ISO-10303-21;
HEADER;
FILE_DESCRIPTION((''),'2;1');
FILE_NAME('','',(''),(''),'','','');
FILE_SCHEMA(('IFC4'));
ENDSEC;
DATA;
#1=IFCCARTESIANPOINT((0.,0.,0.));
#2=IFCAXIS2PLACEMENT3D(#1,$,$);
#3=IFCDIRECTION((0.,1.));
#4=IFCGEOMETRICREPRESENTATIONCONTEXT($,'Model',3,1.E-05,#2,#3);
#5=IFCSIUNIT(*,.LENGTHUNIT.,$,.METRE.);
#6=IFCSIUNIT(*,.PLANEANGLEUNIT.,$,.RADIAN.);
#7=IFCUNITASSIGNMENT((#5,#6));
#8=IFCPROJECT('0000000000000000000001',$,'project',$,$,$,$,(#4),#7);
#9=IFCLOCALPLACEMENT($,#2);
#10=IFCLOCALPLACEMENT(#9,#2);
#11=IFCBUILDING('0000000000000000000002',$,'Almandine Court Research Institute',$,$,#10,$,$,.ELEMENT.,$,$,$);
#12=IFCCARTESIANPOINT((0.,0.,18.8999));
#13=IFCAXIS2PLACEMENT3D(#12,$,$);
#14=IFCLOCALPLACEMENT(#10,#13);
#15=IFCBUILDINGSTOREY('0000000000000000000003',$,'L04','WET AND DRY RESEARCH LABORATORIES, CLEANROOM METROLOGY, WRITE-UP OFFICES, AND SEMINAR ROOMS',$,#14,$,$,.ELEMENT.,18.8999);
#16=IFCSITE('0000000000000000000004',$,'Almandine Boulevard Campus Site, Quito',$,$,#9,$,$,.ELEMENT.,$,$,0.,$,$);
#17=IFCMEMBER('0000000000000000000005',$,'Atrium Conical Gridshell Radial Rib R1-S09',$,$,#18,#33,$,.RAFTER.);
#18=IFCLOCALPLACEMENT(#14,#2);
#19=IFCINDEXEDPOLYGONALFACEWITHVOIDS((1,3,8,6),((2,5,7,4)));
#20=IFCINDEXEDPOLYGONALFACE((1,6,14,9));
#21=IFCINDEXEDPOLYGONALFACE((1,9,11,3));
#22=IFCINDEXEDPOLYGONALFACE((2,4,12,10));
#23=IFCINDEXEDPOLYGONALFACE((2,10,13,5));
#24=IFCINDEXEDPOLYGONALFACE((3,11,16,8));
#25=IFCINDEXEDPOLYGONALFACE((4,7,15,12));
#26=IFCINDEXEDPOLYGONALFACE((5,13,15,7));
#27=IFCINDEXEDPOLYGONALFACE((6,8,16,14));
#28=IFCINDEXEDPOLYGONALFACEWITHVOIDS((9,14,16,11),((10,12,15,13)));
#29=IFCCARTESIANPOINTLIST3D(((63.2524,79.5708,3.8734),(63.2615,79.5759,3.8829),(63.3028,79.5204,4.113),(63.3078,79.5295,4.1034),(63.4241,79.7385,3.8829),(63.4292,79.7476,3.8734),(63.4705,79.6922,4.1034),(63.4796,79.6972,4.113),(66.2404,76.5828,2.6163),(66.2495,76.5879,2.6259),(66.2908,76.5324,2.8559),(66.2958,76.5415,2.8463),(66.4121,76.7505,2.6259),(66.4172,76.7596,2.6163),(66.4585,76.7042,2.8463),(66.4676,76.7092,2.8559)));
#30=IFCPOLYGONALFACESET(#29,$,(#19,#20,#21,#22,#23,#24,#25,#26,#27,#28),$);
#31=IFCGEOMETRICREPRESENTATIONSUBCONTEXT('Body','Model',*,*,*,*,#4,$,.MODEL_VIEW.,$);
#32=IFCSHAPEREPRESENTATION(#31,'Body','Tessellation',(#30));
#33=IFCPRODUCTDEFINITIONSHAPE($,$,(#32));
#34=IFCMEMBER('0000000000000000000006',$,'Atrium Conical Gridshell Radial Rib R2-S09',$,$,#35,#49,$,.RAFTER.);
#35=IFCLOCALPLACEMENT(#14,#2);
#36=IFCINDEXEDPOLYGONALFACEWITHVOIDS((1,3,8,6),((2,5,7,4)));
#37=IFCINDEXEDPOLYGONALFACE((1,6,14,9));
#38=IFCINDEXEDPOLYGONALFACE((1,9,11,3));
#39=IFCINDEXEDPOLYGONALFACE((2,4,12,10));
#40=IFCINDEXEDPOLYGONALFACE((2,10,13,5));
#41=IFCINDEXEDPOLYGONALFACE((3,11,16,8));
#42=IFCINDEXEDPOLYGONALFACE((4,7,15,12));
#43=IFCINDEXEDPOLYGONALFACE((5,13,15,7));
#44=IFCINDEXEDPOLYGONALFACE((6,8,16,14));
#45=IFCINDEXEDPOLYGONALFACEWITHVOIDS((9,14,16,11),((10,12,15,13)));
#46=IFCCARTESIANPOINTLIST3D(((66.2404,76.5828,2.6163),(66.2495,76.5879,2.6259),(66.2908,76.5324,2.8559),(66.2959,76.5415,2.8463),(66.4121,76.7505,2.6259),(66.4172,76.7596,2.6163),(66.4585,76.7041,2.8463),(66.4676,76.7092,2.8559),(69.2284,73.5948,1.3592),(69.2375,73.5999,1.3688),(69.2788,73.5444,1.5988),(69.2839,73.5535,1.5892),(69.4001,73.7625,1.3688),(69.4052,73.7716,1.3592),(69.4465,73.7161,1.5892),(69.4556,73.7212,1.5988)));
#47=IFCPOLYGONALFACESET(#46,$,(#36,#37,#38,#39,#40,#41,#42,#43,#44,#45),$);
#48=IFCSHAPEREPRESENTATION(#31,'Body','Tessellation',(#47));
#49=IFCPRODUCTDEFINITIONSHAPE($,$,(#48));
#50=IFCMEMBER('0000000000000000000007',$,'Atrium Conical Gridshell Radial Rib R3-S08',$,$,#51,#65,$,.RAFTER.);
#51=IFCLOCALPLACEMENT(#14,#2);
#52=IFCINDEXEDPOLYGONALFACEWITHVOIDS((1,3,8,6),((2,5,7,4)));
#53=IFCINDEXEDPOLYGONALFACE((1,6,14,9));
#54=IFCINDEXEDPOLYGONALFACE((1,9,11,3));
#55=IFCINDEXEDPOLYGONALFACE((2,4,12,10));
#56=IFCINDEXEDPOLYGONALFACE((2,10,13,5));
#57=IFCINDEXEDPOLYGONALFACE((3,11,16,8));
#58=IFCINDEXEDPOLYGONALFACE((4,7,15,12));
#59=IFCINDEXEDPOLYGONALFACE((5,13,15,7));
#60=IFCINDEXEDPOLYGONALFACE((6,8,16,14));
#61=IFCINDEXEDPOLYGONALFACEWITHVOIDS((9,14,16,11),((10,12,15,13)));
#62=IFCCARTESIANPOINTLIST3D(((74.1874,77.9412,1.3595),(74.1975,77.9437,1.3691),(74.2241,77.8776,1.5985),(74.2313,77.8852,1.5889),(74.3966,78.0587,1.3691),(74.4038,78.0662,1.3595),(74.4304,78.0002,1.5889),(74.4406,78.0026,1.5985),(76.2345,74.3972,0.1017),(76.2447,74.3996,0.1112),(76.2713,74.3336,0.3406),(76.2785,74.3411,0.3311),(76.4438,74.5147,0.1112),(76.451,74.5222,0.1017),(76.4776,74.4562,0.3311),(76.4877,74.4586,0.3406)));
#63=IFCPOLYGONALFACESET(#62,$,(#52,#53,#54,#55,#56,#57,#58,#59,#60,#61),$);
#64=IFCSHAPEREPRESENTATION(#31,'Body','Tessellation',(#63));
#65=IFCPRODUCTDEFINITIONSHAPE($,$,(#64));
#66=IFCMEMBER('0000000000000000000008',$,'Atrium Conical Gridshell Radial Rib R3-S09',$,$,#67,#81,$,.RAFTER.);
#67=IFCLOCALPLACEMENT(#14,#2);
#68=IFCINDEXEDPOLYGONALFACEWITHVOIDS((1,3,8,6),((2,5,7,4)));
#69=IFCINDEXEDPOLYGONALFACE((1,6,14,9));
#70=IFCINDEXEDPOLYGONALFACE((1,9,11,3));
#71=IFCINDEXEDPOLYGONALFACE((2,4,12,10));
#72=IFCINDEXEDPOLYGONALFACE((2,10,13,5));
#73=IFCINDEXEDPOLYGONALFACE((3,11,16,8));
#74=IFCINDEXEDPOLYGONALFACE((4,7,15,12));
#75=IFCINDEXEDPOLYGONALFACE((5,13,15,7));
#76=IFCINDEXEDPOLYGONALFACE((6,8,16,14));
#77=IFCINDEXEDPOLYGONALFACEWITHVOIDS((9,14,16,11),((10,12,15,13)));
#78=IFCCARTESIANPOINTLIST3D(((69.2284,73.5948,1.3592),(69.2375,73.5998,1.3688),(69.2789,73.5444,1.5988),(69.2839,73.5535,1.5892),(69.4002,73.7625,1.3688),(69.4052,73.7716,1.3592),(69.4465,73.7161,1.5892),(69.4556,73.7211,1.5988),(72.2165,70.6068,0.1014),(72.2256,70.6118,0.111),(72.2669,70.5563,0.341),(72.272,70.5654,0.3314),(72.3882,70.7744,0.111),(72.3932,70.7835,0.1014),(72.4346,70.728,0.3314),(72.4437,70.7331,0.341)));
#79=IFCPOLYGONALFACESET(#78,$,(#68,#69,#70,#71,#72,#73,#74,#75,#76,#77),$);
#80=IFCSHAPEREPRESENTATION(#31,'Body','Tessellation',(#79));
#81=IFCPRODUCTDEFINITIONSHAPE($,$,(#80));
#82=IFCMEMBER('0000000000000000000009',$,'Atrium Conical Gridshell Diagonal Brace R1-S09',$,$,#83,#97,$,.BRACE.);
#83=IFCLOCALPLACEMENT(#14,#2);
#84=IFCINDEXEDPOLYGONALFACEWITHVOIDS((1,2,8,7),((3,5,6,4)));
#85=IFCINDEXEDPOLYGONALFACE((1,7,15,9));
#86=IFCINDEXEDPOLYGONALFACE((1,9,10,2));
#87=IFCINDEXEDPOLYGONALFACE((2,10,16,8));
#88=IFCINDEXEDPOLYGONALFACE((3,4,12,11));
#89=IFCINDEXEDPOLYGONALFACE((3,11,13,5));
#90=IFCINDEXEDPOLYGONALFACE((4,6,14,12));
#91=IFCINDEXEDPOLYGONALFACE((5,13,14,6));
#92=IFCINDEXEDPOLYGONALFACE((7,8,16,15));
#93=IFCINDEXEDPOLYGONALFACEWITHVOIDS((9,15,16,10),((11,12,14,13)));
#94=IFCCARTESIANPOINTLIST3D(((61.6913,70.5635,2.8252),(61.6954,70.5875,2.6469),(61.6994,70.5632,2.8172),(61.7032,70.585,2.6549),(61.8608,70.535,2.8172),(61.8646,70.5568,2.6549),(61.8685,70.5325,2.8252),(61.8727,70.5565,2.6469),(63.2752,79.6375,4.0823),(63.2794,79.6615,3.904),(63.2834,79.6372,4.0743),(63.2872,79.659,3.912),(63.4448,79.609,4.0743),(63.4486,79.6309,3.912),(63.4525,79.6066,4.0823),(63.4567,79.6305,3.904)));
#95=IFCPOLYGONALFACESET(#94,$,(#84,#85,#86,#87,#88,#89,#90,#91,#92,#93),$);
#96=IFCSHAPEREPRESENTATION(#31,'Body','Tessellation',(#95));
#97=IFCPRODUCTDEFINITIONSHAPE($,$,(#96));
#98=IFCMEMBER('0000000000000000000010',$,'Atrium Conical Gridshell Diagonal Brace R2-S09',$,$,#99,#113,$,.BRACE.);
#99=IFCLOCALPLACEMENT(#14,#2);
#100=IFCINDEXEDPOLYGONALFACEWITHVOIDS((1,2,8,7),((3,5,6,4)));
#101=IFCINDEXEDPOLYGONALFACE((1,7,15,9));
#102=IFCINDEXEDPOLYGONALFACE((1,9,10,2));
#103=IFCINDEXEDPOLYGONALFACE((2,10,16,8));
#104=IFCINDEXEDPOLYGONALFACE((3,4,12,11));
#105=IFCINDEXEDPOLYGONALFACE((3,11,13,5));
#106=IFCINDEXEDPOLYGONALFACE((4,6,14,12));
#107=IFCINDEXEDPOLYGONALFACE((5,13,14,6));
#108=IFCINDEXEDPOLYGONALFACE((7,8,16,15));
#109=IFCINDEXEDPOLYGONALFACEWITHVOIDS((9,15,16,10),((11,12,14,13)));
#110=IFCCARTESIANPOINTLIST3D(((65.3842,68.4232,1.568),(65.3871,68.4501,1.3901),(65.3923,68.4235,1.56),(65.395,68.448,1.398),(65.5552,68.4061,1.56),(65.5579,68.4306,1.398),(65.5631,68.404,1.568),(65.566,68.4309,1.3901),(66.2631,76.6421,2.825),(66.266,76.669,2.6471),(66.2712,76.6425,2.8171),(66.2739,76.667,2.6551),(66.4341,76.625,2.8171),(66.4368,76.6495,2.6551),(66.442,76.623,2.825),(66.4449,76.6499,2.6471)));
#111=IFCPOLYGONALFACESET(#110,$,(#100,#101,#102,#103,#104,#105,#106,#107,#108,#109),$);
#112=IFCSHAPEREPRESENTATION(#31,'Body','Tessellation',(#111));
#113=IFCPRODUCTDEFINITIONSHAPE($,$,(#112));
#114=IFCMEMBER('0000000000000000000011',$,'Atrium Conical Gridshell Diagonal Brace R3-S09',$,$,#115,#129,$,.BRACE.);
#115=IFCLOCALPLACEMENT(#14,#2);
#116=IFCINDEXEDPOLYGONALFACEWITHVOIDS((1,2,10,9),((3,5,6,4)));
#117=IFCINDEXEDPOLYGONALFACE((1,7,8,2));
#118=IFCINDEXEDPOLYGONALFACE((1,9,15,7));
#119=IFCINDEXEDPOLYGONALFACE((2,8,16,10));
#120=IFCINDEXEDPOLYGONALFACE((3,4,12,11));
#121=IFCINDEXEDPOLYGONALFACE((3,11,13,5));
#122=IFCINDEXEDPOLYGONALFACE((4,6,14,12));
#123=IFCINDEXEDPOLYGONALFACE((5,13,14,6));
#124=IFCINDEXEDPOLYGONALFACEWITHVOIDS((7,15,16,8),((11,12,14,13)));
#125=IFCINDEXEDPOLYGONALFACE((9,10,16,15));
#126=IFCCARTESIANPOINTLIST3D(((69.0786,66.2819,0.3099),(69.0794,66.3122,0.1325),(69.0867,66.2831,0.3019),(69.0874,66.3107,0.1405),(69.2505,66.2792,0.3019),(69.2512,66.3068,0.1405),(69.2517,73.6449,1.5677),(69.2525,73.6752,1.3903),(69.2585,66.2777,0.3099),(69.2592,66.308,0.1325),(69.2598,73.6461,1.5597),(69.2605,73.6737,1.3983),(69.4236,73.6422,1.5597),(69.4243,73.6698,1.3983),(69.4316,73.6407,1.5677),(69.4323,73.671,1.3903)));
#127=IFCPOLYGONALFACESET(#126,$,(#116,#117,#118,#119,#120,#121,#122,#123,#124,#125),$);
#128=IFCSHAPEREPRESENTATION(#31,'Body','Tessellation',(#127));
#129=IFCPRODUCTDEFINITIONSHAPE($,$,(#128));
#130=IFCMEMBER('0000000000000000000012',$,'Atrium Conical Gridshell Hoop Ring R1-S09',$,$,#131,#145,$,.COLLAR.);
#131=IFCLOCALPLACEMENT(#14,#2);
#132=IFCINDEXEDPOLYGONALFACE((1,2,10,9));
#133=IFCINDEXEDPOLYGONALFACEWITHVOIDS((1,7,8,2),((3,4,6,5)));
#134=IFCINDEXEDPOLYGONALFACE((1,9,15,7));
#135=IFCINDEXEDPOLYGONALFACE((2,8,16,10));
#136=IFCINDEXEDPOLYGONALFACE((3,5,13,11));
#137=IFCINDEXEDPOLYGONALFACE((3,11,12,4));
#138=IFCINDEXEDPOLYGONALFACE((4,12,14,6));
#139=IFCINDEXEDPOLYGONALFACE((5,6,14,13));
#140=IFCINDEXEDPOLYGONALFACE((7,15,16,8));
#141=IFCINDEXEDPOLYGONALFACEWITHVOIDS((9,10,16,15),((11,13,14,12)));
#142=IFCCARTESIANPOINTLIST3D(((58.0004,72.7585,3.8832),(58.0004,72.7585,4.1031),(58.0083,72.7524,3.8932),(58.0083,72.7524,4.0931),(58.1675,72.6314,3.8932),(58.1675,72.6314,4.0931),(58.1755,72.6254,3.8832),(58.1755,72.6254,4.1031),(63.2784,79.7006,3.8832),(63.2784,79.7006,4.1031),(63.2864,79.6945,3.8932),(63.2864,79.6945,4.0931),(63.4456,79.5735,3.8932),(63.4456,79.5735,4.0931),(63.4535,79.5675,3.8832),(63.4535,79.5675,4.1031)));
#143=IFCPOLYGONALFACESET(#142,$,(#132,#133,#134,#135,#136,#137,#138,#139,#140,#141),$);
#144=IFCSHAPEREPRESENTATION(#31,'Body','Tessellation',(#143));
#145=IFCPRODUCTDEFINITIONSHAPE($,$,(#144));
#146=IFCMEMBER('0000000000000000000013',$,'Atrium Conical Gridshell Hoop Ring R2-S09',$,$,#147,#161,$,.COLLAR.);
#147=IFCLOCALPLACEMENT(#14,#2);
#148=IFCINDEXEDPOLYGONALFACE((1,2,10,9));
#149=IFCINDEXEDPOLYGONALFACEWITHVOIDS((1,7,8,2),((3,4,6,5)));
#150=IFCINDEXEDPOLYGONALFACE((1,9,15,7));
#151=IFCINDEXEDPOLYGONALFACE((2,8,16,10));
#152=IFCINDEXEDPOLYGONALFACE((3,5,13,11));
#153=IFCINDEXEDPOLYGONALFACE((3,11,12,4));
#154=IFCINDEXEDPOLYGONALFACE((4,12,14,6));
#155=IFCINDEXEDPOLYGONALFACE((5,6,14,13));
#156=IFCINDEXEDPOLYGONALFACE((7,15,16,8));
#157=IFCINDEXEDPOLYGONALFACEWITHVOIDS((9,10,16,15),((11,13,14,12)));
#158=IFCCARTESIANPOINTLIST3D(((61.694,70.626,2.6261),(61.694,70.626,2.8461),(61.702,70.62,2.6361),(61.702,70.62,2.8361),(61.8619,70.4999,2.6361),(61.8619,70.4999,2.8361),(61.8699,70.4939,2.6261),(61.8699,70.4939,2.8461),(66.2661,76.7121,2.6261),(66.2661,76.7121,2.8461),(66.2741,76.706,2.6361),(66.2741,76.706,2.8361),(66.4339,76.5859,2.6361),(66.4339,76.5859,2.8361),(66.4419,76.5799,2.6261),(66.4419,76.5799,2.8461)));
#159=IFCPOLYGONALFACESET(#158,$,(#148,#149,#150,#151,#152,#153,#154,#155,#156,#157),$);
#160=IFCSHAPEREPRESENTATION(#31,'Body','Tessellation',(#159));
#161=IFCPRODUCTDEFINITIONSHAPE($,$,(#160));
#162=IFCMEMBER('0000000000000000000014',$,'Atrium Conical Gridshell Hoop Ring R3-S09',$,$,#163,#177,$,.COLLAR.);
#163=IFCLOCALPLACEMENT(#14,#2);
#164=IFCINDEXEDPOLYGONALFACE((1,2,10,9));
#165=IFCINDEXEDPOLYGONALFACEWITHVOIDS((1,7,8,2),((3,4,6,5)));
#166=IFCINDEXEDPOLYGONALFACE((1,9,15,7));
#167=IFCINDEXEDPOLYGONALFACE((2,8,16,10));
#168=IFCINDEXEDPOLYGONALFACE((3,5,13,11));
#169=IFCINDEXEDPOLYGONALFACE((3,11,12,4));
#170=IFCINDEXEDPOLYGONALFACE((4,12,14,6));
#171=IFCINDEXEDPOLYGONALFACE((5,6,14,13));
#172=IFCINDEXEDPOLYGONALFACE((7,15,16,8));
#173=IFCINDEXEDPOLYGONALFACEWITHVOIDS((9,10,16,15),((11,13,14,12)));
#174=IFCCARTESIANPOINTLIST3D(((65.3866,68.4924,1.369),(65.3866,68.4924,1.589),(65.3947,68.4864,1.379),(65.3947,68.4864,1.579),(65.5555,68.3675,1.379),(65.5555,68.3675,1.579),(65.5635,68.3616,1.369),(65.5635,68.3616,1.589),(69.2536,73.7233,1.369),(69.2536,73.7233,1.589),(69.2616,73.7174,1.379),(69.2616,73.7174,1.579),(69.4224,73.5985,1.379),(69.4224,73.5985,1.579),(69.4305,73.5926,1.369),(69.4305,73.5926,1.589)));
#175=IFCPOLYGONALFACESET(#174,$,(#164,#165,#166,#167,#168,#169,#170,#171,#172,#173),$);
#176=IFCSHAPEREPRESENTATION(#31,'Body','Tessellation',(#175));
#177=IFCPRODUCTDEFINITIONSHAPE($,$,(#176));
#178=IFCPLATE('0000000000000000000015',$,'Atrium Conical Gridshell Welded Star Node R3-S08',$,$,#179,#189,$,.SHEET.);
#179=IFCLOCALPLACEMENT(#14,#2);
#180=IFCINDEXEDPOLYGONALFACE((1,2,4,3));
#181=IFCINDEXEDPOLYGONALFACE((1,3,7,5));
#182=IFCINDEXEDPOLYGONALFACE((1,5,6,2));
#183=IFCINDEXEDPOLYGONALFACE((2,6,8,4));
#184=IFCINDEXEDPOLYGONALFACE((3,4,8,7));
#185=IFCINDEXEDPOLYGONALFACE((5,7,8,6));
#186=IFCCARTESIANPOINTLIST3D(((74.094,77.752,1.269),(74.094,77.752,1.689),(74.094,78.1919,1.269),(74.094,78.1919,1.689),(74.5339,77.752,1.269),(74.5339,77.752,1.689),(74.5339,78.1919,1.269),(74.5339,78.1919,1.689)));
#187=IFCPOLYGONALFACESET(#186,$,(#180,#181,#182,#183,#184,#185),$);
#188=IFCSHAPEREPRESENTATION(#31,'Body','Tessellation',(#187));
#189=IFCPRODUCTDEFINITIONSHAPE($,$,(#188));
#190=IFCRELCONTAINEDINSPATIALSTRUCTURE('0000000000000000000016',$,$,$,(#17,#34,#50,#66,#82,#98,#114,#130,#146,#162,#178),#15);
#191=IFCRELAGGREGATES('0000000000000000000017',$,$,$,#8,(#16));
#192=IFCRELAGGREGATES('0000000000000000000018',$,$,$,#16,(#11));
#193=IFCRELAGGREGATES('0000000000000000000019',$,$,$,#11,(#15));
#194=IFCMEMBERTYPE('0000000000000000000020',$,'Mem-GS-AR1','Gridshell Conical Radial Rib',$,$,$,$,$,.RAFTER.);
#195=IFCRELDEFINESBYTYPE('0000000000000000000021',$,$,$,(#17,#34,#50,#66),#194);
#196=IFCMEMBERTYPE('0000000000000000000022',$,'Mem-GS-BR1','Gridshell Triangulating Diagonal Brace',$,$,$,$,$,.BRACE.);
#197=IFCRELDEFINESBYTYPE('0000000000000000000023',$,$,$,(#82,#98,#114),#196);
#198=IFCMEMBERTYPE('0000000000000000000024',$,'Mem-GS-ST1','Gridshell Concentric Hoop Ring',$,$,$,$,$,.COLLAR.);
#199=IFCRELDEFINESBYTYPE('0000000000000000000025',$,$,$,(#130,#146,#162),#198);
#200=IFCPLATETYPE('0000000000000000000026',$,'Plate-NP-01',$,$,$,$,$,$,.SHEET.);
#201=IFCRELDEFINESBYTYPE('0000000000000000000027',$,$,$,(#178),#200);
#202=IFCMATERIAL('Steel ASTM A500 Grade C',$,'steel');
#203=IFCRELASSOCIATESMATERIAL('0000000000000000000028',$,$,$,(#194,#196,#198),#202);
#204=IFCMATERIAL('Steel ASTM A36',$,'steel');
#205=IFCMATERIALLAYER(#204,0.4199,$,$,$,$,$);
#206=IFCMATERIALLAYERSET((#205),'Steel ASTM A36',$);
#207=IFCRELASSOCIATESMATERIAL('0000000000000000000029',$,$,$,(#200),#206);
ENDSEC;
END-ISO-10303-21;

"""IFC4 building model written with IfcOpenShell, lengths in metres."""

from ifc_helpers import new_model, si_unit, direction, frame, origin, origin_2d, place, context, subcontext, project, spatial, rectangle, hollow_rectangle, extrude, material, layer, layer_set, material_profile, profile_set, type_object, element, save


model = new_model("IFC4")

# Units and contexts
model_context = context("Model", 3, precision=1e-05, world=origin(), true_north=direction((0.0, 1.0)))
body_context = subcontext(model_context, "Body", "Model", "MODEL_VIEW")
ifc_project = project(units=[si_unit("LENGTHUNIT", "METRE"), si_unit("PLANEANGLEUNIT", "RADIAN")], contexts=[model_context])

# Site, building, storey
site_placement = place(None, origin())
site = spatial("IfcSite", under=ifc_project, at=site_placement, Name="Almandine Boulevard Campus Site, Quito", CompositionType="ELEMENT", RefElevation=0.0)
building_placement = place(site_placement, origin())
building = spatial("IfcBuilding", under=site, at=building_placement, Name="Almandine Court Research Institute", CompositionType="ELEMENT")
storey_placement = place(building_placement, frame((0.0, 0.0, 18.8999)))
storey = spatial("IfcBuildingStorey", under=building, at=storey_placement, Name="L04", Description="WET AND DRY RESEARCH LABORATORIES, CLEANROOM METROLOGY, WRITE-UP OFFICES, AND SEMINAR ROOMS", CompositionType="ELEMENT", Elevation=18.8999)

# Members
ifc_material_1 = material(Name="Steel ASTM A500 Grade C", Category="steel")
ifc_material_profile_1 = material_profile(ifc_material_1, hollow_rectangle(XDim=0.25, YDim=0.25, WallThickness=0.01, at=origin_2d()), Name="HSS 250x250x10")
ifc_profile_set_1 = profile_set([ifc_material_profile_1], Name="Steel ASTM A500 Grade C")
member_type_1 = type_object("IfcMemberType", Name="Mem-GS-AR1", Description="Gridshell Conical Radial Rib", PredefinedType="RAFTER", material=ifc_profile_set_1)
for number, where, z_axis, x_axis, name in (
    (1, (63.366, 79.634, 3.9932), (0.677753, -0.677753, -0.285134), (0.707107, 0.707107, 0.0), "Atrium Conical Gridshell Radial Rib R1-S09"),
    (2, (66.354, 76.646, 2.7361), (0.677753, -0.677753, -0.285134), (0.707107, 0.707107, 0.0), "Atrium Conical Gridshell Radial Rib R2-S09"),
):
    element("IfcMember", number, at=place(storey_placement, frame(where, z_axis=z_axis, x_axis=x_axis)), inside=storey, type_object=member_type_1, Name=name, PredefinedType="RAFTER", context=body_context, shape_type="SweptSolid", body=[
        extrude(hollow_rectangle(XDim=0.25, YDim=0.25, WallThickness=0.01, at=origin_2d()), origin(), (0.0, 0.0, 1.0), 4.4087),
    ])
member_1_placement = place(storey_placement, frame((74.314, 77.9719, 1.479), z_axis=(0.478117, -0.82771, -0.29377), x_axis=(0.865917, 0.500187, 0.0)))
element("IfcMember", 3, at=member_1_placement, inside=storey, type_object=member_type_1, Name="Atrium Conical Gridshell Radial Rib R3-S08", PredefinedType="RAFTER", context=body_context, shape_type="SweptSolid", body=[
    extrude(hollow_rectangle(XDim=0.25, YDim=0.25, WallThickness=0.01, at=origin_2d()), origin(), (0.0, 0.0, 1.0), 4.2817),
])
member_2_placement = place(storey_placement, frame((69.342, 73.658, 1.479), z_axis=(0.677721, -0.677721, -0.285286), x_axis=(0.707107, 0.707107, 0.0)))
element("IfcMember", 4, at=member_2_placement, inside=storey, type_object=member_type_1, Name="Atrium Conical Gridshell Radial Rib R3-S09", PredefinedType="RAFTER", context=body_context, shape_type="SweptSolid", body=[
    extrude(hollow_rectangle(XDim=0.25, YDim=0.25, WallThickness=0.01, at=origin_2d()), origin(), (0.0, 0.0, 1.0), 4.4089),
])
ifc_material_profile_2 = material_profile(ifc_material_1, hollow_rectangle(XDim=0.1799, YDim=0.1799, WallThickness=0.0081, at=origin_2d()), Name="HSS 180x180x8")
ifc_profile_set_2 = profile_set([ifc_material_profile_2], Name="Steel ASTM A500 Grade C")
member_type_2 = type_object("IfcMemberType", Name="Mem-GS-BR1", Description="Gridshell Triangulating Diagonal Brace", PredefinedType="BRACE", material=ifc_profile_set_2)
member_3_placement = place(storey_placement, frame((63.366, 79.634, 3.9932), z_axis=(-0.170384, -0.976056, -0.13522), x_axis=(0.985103, -0.171963, 0.0)))
element("IfcMember", 5, at=member_3_placement, inside=storey, type_object=member_type_2, Name="Atrium Conical Gridshell Diagonal Brace R1-S09", PredefinedType="BRACE", context=body_context, shape_type="SweptSolid", body=[
    extrude(hollow_rectangle(XDim=0.1799, YDim=0.1799, WallThickness=0.0081, at=origin_2d()), origin(), (0.0, 0.0, 1.0), 9.2966),
])
member_4_placement = place(storey_placement, frame((66.354, 76.646, 2.7361), z_axis=(-0.105121, -0.983028, -0.150352), x_axis=(0.994331, -0.10633, 0.0)))
element("IfcMember", 6, at=member_4_placement, inside=storey, type_object=member_type_2, Name="Atrium Conical Gridshell Diagonal Brace R2-S09", PredefinedType="BRACE", context=body_context, shape_type="SweptSolid", body=[
    extrude(hollow_rectangle(XDim=0.1799, YDim=0.1799, WallThickness=0.0081, at=origin_2d()), origin(), (0.0, 0.0, 1.0), 8.3608),
])
member_5_placement = place(storey_placement, frame((69.342, 73.658, 1.479), z_axis=(-0.023167, -0.985456, -0.168343), x_axis=(0.999724, -0.023502, 0.0)))
element("IfcMember", 7, at=member_5_placement, inside=storey, type_object=member_type_2, Name="Atrium Conical Gridshell Diagonal Brace R3-S09", PredefinedType="BRACE", context=body_context, shape_type="SweptSolid", body=[
    extrude(hollow_rectangle(XDim=0.1799, YDim=0.1799, WallThickness=0.0081, at=origin_2d()), origin(), (0.0, 0.0, 1.0), 7.4717),
])
ifc_material_profile_3 = material_profile(ifc_material_1, hollow_rectangle(XDim=0.22, YDim=0.22, WallThickness=0.01, at=origin_2d()), Name="HSS 220x220x10")
ifc_profile_set_3 = profile_set([ifc_material_profile_3], Name="Steel ASTM A500 Grade C")
member_type_3 = type_object("IfcMemberType", Name="Mem-GS-ST1", Description="Gridshell Concentric Hoop Ring", PredefinedType="COLLAR", material=ifc_profile_set_3)
member_6_placement = place(storey_placement, frame((63.366, 79.634, 3.9932), z_axis=(-0.605232, -0.796049, 0.0), x_axis=(0.796049, -0.605232, 0.0)))
element("IfcMember", 8, at=member_6_placement, inside=storey, type_object=member_type_3, Name="Atrium Conical Gridshell Hoop Ring R1-S09", PredefinedType="COLLAR", context=body_context, shape_type="SweptSolid", body=[
    extrude(hollow_rectangle(XDim=0.22, YDim=0.22, WallThickness=0.01, at=origin_2d()), origin(), (0.0, 0.0, 1.0), 8.7207),
])
member_7_placement = place(storey_placement, frame((66.354, 76.646, 2.7361), z_axis=(-0.600636, -0.799522, 0.0), x_axis=(0.799522, -0.600636, 0.0)))
element("IfcMember", 9, at=member_7_placement, inside=storey, type_object=member_type_3, Name="Atrium Conical Gridshell Hoop Ring R2-S09", PredefinedType="COLLAR", context=body_context, shape_type="SweptSolid", body=[
    extrude(hollow_rectangle(XDim=0.22, YDim=0.22, WallThickness=0.01, at=origin_2d()), origin(), (0.0, 0.0, 1.0), 7.6121),
])
member_8_placement = place(storey_placement, frame((69.342, 73.658, 1.479), z_axis=(-0.594449, -0.804133, 0.0), x_axis=(0.804133, -0.594449, 0.0)))
element("IfcMember", 10, at=member_8_placement, inside=storey, type_object=member_type_3, Name="Atrium Conical Gridshell Hoop Ring R3-S09", PredefinedType="COLLAR", context=body_context, shape_type="SweptSolid", body=[
    extrude(hollow_rectangle(XDim=0.22, YDim=0.22, WallThickness=0.01, at=origin_2d()), origin(), (0.0, 0.0, 1.0), 6.5051),
])

# Plate
ifc_material_2 = material(Name="Steel ASTM A36", Category="steel")
ifc_layer_1 = layer(ifc_material_2, 0.4199)
ifc_layer_set_1 = layer_set([ifc_layer_1], Name="Steel ASTM A36")
plate_type = type_object("IfcPlateType", Name="Plate-NP-01", PredefinedType="SHEET", material=ifc_layer_set_1)
for number, where, z_axis, x_axis, name in (
    (11, (74.314, 77.9719, 1.269), (0.0, 0.0, 1.0), (1.0, 0.0, 0.0), "Atrium Conical Gridshell Welded Star Node R3-S08"),
):
    element("IfcPlate", number, at=place(storey_placement, frame(where, z_axis=z_axis, x_axis=x_axis)), inside=storey, type_object=plate_type, Name=name, PredefinedType="SHEET", context=body_context, shape_type="SweptSolid", body=[
        extrude(rectangle(XDim=0.4399, YDim=0.4399, at=origin_2d()), origin(), (0.0, 0.0, 1.0), 0.4199),
    ])

save(model, "model.ifc")
